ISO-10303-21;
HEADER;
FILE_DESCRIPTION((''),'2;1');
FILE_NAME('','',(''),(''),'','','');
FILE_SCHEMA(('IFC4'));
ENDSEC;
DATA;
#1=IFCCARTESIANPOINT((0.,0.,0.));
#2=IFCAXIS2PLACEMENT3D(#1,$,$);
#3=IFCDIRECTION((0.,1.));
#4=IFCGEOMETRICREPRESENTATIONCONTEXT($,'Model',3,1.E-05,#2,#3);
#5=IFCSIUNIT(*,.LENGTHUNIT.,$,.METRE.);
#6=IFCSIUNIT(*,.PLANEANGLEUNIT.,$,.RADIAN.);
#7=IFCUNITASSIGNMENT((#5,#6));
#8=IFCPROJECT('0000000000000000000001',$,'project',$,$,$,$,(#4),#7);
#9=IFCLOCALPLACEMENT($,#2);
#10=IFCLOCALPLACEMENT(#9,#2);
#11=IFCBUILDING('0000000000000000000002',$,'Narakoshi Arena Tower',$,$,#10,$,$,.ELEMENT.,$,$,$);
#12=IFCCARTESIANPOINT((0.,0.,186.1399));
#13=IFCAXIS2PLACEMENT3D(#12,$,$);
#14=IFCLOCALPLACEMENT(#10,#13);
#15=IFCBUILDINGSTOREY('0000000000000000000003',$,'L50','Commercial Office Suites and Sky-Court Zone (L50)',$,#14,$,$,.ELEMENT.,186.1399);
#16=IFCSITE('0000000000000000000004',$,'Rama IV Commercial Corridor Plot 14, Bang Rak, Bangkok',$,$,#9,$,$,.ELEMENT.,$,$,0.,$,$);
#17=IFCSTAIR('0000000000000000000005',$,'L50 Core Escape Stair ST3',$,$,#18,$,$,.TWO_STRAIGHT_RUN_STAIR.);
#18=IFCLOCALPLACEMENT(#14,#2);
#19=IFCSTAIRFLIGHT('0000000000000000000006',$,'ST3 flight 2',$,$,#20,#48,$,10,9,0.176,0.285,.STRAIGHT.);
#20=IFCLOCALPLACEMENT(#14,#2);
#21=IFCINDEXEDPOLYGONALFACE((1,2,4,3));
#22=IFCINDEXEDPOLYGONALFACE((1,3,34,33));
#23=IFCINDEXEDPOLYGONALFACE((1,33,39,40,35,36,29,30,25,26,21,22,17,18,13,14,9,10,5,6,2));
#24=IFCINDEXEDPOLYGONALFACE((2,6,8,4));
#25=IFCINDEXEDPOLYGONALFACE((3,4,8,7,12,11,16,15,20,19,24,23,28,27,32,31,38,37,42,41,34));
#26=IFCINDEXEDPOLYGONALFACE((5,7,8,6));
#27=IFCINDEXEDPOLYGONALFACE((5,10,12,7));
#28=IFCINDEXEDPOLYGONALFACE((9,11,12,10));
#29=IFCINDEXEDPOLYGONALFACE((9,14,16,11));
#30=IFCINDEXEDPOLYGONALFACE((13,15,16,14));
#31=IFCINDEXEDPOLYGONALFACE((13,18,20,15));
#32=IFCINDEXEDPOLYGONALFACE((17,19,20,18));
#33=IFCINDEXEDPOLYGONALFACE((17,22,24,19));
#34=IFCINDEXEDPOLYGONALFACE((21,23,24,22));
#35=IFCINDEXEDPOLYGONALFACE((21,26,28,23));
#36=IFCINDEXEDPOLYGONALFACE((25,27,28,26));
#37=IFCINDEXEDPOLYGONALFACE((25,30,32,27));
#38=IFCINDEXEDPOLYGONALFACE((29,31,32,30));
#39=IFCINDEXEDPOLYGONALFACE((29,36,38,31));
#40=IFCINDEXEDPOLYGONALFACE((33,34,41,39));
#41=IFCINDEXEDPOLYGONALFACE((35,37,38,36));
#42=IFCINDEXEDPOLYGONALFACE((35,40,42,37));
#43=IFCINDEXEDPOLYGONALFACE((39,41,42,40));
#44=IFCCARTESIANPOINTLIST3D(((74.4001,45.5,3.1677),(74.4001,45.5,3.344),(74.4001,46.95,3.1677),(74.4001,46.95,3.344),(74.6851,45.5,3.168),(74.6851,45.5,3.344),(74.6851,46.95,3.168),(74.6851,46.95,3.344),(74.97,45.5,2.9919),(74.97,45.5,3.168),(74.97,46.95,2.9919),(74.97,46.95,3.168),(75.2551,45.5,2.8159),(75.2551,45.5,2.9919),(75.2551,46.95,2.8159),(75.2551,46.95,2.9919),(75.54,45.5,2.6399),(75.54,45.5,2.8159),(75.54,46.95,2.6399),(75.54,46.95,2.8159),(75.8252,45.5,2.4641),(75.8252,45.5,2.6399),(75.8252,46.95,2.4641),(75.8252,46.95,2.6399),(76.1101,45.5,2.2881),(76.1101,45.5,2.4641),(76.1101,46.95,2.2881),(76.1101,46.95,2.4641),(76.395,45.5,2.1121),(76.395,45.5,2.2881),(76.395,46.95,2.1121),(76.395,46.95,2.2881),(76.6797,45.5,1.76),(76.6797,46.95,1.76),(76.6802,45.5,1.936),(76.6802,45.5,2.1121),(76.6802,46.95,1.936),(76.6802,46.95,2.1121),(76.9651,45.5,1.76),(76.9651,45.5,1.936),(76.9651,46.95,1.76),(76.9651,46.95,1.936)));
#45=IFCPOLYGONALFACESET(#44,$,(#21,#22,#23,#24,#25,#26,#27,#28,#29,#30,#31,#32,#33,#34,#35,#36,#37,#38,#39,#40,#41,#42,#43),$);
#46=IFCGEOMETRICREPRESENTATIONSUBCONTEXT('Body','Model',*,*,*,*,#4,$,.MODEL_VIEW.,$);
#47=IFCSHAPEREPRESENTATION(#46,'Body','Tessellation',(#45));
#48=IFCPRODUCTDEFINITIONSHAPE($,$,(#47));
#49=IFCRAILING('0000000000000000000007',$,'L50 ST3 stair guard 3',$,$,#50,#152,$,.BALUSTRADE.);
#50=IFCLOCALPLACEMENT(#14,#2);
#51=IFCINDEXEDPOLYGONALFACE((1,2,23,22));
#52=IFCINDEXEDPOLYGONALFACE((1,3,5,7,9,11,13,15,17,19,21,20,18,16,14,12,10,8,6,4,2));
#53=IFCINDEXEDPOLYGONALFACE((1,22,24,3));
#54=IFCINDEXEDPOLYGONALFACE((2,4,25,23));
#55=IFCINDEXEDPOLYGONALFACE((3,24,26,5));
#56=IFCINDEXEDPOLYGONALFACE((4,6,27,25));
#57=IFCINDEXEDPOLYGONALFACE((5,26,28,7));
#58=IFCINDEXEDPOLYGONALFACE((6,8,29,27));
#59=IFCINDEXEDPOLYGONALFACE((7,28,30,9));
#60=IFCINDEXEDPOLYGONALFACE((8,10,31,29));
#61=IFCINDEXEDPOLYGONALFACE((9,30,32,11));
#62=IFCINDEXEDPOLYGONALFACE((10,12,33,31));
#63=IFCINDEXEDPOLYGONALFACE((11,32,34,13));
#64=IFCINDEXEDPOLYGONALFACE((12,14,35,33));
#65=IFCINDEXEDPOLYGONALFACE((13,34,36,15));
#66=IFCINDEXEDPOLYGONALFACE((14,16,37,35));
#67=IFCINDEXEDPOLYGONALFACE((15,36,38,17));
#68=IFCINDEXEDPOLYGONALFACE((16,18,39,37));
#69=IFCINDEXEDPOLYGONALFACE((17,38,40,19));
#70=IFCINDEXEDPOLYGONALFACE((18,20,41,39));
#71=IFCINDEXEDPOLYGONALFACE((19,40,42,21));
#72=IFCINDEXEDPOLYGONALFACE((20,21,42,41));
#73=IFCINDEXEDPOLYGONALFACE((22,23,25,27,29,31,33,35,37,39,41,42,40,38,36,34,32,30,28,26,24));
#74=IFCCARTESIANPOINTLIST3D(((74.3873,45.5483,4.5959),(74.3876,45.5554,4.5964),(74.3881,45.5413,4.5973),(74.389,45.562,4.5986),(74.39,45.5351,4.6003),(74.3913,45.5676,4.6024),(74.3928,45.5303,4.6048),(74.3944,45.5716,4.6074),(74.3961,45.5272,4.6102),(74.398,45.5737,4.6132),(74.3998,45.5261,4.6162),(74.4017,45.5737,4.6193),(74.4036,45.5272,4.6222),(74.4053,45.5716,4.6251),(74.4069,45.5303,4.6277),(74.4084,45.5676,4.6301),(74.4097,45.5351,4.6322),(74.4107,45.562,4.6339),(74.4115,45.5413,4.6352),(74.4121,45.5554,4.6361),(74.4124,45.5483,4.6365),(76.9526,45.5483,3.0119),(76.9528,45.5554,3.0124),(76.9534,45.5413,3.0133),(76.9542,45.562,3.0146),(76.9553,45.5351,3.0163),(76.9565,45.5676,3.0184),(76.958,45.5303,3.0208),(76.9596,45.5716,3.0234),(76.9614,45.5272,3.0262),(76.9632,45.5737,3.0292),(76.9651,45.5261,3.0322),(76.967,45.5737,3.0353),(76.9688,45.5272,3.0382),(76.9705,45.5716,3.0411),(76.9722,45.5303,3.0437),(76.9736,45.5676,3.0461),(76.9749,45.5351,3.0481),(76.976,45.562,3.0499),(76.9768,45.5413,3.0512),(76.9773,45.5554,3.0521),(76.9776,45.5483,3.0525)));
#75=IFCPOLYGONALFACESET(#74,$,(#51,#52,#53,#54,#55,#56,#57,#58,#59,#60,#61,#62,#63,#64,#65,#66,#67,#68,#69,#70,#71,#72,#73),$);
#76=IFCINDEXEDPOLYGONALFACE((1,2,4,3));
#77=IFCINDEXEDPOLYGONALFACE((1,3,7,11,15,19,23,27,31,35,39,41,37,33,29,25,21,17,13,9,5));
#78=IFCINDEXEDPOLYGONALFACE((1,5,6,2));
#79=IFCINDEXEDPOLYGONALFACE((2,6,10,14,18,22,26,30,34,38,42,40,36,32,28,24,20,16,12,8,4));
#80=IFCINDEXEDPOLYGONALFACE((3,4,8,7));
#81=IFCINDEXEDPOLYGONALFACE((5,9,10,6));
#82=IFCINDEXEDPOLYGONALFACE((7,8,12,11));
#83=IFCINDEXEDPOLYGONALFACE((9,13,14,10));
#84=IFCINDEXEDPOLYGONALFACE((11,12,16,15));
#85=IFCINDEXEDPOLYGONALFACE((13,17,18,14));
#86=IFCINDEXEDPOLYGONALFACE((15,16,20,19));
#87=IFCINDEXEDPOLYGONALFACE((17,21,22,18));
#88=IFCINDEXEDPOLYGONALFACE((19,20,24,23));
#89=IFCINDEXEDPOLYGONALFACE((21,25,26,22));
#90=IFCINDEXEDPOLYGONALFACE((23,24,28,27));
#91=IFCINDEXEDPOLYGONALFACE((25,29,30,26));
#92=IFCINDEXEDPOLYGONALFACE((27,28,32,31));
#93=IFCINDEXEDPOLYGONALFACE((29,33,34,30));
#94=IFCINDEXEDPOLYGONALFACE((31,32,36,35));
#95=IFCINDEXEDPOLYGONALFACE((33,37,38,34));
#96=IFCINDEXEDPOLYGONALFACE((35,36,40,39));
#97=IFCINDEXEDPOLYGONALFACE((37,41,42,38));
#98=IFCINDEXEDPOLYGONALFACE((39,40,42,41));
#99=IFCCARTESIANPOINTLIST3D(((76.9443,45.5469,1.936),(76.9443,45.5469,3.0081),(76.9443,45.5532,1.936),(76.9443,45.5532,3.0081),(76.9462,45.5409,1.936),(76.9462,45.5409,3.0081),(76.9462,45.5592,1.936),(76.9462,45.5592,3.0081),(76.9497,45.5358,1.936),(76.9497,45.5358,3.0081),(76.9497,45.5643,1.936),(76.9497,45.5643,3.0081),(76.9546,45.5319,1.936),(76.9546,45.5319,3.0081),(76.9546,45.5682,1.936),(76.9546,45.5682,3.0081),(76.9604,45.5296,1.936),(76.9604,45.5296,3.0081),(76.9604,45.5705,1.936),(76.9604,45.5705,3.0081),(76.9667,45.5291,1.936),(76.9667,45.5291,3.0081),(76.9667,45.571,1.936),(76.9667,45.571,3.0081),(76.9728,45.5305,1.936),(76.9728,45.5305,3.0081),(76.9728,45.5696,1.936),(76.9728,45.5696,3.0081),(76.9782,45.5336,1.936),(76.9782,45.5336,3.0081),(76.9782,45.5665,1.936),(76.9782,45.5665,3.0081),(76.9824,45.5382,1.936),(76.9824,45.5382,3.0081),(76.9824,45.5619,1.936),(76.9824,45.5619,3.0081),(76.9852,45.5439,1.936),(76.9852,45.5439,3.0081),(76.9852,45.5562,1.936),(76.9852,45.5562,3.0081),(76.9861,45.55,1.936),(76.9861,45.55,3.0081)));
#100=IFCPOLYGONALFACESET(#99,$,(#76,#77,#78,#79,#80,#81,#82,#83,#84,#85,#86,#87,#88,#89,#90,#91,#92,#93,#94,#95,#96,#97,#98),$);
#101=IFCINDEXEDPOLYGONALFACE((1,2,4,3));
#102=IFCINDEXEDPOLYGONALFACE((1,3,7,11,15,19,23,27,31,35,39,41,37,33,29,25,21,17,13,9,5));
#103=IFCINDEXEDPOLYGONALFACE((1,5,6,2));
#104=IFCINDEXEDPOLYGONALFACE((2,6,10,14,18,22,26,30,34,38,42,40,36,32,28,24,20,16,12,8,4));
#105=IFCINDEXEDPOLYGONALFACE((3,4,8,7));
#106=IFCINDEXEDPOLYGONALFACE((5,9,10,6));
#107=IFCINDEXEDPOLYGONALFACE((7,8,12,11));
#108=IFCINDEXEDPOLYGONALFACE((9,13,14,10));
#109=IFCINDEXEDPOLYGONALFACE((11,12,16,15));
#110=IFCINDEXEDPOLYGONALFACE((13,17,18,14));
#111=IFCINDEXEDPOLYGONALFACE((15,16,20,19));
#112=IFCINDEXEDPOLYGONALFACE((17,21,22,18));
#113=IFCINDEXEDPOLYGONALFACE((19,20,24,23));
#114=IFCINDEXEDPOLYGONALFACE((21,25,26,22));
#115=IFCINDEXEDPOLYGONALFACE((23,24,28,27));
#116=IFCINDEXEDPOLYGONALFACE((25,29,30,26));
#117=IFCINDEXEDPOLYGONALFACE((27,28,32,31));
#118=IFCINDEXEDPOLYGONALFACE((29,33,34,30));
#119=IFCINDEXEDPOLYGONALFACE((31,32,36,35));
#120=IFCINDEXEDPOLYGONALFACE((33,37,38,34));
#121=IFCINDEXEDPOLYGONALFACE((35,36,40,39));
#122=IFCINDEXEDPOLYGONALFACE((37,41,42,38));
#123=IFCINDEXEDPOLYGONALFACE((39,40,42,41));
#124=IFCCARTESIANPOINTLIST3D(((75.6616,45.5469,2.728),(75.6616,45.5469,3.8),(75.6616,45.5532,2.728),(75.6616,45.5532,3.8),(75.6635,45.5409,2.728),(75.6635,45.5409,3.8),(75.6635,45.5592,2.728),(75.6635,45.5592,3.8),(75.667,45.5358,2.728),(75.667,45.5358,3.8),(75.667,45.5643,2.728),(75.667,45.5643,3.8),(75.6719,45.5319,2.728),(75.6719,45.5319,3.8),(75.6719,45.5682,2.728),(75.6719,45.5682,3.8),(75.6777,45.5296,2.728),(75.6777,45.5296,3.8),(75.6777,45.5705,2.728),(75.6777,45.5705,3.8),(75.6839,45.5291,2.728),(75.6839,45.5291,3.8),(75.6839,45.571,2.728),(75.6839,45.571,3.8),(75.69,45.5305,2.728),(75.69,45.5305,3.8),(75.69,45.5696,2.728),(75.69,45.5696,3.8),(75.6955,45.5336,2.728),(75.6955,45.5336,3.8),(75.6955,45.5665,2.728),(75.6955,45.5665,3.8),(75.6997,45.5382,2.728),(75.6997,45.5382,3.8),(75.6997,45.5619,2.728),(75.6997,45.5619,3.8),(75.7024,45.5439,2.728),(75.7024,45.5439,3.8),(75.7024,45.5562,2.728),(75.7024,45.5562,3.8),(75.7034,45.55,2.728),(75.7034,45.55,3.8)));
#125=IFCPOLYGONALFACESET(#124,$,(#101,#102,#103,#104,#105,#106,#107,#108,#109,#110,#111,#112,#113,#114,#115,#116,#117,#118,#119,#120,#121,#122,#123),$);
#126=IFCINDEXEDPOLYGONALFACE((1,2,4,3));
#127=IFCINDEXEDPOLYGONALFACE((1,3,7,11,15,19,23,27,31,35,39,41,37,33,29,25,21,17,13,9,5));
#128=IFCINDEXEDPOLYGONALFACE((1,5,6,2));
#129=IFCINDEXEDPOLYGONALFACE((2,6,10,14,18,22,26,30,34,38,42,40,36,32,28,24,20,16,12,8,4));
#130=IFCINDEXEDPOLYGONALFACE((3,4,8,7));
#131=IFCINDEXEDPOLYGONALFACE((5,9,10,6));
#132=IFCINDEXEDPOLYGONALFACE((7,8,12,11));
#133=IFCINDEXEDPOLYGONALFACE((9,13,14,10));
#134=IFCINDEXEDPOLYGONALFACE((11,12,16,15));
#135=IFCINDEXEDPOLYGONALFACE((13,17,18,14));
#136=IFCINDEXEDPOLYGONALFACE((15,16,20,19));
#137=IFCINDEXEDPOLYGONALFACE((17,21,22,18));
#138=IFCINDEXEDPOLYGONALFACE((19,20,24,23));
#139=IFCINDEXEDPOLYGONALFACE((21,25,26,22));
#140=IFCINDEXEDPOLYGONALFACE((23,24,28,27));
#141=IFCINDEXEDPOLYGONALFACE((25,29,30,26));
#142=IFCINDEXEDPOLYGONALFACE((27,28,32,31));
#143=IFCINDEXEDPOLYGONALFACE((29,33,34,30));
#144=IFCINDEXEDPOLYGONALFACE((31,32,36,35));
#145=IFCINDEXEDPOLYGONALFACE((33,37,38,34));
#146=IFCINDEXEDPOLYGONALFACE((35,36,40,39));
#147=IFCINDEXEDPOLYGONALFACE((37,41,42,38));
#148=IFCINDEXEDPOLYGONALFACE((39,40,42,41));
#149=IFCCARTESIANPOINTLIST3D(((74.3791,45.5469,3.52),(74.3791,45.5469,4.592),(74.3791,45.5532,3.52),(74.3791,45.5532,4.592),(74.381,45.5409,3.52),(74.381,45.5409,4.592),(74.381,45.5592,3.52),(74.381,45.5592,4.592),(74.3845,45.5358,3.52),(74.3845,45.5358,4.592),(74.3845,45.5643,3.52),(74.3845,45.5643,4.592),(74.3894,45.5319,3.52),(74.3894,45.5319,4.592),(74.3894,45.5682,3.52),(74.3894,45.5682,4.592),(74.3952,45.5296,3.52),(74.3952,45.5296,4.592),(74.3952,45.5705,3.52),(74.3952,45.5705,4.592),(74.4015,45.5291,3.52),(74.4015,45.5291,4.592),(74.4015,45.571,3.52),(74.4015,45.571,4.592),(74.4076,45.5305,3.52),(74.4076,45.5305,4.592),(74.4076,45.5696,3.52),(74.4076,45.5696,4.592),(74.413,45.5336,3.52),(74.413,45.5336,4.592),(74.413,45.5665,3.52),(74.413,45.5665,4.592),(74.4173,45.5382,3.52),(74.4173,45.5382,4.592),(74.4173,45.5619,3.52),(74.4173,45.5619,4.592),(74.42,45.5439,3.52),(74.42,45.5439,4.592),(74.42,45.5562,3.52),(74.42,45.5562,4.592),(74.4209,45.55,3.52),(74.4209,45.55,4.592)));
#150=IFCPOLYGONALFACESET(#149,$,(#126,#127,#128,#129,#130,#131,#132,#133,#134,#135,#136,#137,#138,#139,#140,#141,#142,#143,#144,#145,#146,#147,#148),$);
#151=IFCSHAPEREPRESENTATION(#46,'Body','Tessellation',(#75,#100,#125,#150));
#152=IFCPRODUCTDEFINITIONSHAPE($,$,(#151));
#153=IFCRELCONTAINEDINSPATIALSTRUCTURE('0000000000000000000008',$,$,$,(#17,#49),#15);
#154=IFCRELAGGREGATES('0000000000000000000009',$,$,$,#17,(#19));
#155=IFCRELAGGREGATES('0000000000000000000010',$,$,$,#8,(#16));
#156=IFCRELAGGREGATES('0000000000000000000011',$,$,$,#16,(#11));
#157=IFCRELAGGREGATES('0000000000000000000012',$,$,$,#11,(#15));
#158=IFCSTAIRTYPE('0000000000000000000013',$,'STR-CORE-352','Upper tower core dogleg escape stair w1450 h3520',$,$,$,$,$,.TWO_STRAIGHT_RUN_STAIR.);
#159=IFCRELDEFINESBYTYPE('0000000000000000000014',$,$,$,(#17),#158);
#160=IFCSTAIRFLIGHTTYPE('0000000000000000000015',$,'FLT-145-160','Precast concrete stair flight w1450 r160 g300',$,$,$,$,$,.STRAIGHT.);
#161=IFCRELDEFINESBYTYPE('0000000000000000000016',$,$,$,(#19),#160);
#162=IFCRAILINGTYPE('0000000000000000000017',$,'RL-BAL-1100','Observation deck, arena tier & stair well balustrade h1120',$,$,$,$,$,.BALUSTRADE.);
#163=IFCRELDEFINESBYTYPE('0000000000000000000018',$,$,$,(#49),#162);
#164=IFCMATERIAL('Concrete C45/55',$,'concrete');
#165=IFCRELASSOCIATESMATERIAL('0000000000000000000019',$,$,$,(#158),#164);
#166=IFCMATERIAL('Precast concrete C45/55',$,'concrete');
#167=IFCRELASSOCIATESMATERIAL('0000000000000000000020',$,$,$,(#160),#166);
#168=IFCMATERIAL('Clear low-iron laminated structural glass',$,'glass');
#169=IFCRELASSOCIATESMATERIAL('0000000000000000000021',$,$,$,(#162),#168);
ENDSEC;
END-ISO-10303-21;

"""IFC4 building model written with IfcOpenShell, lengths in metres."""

from ifc_helpers import new_model, si_unit, direction, frame, origin, origin_2d, place, context, subcontext, project, spatial, polyline, circle, outline, extrude, material, type_object, element, aggregate, save


model = new_model("IFC4")

# Units and contexts
model_context = context("Model", 3, precision=1e-05, world=origin(), true_north=direction((0.0, 1.0)))
body_context = subcontext(model_context, "Body", "Model", "MODEL_VIEW")
ifc_project = project(units=[si_unit("LENGTHUNIT", "METRE"), si_unit("PLANEANGLEUNIT", "RADIAN")], contexts=[model_context])

# Site, building, storey
site_placement = place(None, origin())
site = spatial("IfcSite", under=ifc_project, at=site_placement, Name="Rama IV Commercial Corridor Plot 14, Bang Rak, Bangkok", CompositionType="ELEMENT", RefElevation=0.0)
building_placement = place(site_placement, origin())
building = spatial("IfcBuilding", under=site, at=building_placement, Name="Narakoshi Arena Tower", CompositionType="ELEMENT")
storey_placement = place(building_placement, frame((0.0, 0.0, 186.1399)))
storey = spatial("IfcBuildingStorey", under=building, at=storey_placement, Name="L50", Description="Commercial Office Suites and Sky-Court Zone (L50)", CompositionType="ELEMENT", Elevation=186.1399)

# Stair, stair flight
ifc_material_1 = material(Name="Concrete C45/55", Category="concrete")
stair_type = type_object("IfcStairType", Name="STR-CORE-352", Description="Upper tower core dogleg escape stair w1450 h3520", PredefinedType="TWO_STRAIGHT_RUN_STAIR", material=ifc_material_1)
stair_placement = place(storey_placement, origin())
stair = element("IfcStair", 1, at=stair_placement, inside=storey, type_object=stair_type, Name="L50 Core Escape Stair ST3", PredefinedType="TWO_STRAIGHT_RUN_STAIR")
ifc_material_2 = material(Name="Precast concrete C45/55", Category="concrete")
stair_flight_type = type_object("IfcStairFlightType", Name="FLT-145-160", Description="Precast concrete stair flight w1450 r160 g300", PredefinedType="STRAIGHT", material=ifc_material_2)
stair_flight_placement = place(storey_placement, frame((76.9651, 46.2251, 1.76), z_axis=(0.0, 0.0, 1.0), x_axis=(-1.0, 0.0, 0.0)))
stair_flight = element("IfcStairFlight", 2, at=stair_flight_placement, type_object=stair_flight_type, Name="ST3 flight 2", NumberOfRisers=10, NumberOfTreads=9, PredefinedType="STRAIGHT", RiserHeight=0.176, TreadLength=0.285, context=body_context, shape_type="SweptSolid", body=[
    extrude(outline(polyline([(0.0, 0.0), (0.0, 0.176), (0.2849, 0.176), (0.2849, 0.3521), (0.5701, 0.3521), (0.5701, 0.5281), (0.855, 0.5281), (0.855, 0.7041), (1.1399, 0.7041), (1.1399, 0.8799), (1.425, 0.8799), (1.425, 1.0559), (1.71, 1.0559), (1.71, 1.2319), (1.9951, 1.2319), (1.9951, 1.408), (2.28, 1.408), (2.28, 1.584), (2.5649, 1.584), (2.5649, 1.76), (2.5649, 1.4077), (0.2854, 0.0), (0.0, 0.0)])), frame((0.0, 0.7251, 0.0), z_axis=(0.0, -1.0, 0.0), x_axis=(1.0, 0.0, 0.0)), (0.0, 0.0, 1.0), 1.45),
])
aggregate(stair, [stair_flight])

# Railing
ifc_material_3 = material(Name="Clear low-iron laminated structural glass", Category="glass")
railing_type_1 = type_object("IfcRailingType", Name="RL-BAL-1100", Description="Observation deck, arena tier & stair well balustrade h1120", PredefinedType="BALUSTRADE", material=ifc_material_3)
railing_1_placement = place(storey_placement, frame((76.9651, 45.55, 1.936)))
element("IfcRailing", 3, at=railing_1_placement, inside=storey, type_object=railing_type_1, Name="L50 ST3 stair guard 3", PredefinedType="BALUSTRADE", context=body_context, shape_type="SweptSolid", body=[
    extrude(circle(Radius=0.0239, at=origin_2d()), frame((0.0, 0.0, 1.0962), z_axis=(-0.850857, 0.0, 0.525398), x_axis=(0.0, -1.0, 0.0)), (0.0, 0.0, 1.0), 3.0149),
    extrude(circle(Radius=0.021, at=origin_2d()), origin(), (0.0, 0.0, 1.0), 1.072),
    extrude(circle(Radius=0.021, at=origin_2d()), frame((-1.2827, 0.0, 0.792)), (0.0, 0.0, 1.0), 1.072),
    extrude(circle(Radius=0.021, at=origin_2d()), frame((-2.5652, 0.0, 1.584)), (0.0, 0.0, 1.0), 1.072),
])

save(model, "model.ifc")
